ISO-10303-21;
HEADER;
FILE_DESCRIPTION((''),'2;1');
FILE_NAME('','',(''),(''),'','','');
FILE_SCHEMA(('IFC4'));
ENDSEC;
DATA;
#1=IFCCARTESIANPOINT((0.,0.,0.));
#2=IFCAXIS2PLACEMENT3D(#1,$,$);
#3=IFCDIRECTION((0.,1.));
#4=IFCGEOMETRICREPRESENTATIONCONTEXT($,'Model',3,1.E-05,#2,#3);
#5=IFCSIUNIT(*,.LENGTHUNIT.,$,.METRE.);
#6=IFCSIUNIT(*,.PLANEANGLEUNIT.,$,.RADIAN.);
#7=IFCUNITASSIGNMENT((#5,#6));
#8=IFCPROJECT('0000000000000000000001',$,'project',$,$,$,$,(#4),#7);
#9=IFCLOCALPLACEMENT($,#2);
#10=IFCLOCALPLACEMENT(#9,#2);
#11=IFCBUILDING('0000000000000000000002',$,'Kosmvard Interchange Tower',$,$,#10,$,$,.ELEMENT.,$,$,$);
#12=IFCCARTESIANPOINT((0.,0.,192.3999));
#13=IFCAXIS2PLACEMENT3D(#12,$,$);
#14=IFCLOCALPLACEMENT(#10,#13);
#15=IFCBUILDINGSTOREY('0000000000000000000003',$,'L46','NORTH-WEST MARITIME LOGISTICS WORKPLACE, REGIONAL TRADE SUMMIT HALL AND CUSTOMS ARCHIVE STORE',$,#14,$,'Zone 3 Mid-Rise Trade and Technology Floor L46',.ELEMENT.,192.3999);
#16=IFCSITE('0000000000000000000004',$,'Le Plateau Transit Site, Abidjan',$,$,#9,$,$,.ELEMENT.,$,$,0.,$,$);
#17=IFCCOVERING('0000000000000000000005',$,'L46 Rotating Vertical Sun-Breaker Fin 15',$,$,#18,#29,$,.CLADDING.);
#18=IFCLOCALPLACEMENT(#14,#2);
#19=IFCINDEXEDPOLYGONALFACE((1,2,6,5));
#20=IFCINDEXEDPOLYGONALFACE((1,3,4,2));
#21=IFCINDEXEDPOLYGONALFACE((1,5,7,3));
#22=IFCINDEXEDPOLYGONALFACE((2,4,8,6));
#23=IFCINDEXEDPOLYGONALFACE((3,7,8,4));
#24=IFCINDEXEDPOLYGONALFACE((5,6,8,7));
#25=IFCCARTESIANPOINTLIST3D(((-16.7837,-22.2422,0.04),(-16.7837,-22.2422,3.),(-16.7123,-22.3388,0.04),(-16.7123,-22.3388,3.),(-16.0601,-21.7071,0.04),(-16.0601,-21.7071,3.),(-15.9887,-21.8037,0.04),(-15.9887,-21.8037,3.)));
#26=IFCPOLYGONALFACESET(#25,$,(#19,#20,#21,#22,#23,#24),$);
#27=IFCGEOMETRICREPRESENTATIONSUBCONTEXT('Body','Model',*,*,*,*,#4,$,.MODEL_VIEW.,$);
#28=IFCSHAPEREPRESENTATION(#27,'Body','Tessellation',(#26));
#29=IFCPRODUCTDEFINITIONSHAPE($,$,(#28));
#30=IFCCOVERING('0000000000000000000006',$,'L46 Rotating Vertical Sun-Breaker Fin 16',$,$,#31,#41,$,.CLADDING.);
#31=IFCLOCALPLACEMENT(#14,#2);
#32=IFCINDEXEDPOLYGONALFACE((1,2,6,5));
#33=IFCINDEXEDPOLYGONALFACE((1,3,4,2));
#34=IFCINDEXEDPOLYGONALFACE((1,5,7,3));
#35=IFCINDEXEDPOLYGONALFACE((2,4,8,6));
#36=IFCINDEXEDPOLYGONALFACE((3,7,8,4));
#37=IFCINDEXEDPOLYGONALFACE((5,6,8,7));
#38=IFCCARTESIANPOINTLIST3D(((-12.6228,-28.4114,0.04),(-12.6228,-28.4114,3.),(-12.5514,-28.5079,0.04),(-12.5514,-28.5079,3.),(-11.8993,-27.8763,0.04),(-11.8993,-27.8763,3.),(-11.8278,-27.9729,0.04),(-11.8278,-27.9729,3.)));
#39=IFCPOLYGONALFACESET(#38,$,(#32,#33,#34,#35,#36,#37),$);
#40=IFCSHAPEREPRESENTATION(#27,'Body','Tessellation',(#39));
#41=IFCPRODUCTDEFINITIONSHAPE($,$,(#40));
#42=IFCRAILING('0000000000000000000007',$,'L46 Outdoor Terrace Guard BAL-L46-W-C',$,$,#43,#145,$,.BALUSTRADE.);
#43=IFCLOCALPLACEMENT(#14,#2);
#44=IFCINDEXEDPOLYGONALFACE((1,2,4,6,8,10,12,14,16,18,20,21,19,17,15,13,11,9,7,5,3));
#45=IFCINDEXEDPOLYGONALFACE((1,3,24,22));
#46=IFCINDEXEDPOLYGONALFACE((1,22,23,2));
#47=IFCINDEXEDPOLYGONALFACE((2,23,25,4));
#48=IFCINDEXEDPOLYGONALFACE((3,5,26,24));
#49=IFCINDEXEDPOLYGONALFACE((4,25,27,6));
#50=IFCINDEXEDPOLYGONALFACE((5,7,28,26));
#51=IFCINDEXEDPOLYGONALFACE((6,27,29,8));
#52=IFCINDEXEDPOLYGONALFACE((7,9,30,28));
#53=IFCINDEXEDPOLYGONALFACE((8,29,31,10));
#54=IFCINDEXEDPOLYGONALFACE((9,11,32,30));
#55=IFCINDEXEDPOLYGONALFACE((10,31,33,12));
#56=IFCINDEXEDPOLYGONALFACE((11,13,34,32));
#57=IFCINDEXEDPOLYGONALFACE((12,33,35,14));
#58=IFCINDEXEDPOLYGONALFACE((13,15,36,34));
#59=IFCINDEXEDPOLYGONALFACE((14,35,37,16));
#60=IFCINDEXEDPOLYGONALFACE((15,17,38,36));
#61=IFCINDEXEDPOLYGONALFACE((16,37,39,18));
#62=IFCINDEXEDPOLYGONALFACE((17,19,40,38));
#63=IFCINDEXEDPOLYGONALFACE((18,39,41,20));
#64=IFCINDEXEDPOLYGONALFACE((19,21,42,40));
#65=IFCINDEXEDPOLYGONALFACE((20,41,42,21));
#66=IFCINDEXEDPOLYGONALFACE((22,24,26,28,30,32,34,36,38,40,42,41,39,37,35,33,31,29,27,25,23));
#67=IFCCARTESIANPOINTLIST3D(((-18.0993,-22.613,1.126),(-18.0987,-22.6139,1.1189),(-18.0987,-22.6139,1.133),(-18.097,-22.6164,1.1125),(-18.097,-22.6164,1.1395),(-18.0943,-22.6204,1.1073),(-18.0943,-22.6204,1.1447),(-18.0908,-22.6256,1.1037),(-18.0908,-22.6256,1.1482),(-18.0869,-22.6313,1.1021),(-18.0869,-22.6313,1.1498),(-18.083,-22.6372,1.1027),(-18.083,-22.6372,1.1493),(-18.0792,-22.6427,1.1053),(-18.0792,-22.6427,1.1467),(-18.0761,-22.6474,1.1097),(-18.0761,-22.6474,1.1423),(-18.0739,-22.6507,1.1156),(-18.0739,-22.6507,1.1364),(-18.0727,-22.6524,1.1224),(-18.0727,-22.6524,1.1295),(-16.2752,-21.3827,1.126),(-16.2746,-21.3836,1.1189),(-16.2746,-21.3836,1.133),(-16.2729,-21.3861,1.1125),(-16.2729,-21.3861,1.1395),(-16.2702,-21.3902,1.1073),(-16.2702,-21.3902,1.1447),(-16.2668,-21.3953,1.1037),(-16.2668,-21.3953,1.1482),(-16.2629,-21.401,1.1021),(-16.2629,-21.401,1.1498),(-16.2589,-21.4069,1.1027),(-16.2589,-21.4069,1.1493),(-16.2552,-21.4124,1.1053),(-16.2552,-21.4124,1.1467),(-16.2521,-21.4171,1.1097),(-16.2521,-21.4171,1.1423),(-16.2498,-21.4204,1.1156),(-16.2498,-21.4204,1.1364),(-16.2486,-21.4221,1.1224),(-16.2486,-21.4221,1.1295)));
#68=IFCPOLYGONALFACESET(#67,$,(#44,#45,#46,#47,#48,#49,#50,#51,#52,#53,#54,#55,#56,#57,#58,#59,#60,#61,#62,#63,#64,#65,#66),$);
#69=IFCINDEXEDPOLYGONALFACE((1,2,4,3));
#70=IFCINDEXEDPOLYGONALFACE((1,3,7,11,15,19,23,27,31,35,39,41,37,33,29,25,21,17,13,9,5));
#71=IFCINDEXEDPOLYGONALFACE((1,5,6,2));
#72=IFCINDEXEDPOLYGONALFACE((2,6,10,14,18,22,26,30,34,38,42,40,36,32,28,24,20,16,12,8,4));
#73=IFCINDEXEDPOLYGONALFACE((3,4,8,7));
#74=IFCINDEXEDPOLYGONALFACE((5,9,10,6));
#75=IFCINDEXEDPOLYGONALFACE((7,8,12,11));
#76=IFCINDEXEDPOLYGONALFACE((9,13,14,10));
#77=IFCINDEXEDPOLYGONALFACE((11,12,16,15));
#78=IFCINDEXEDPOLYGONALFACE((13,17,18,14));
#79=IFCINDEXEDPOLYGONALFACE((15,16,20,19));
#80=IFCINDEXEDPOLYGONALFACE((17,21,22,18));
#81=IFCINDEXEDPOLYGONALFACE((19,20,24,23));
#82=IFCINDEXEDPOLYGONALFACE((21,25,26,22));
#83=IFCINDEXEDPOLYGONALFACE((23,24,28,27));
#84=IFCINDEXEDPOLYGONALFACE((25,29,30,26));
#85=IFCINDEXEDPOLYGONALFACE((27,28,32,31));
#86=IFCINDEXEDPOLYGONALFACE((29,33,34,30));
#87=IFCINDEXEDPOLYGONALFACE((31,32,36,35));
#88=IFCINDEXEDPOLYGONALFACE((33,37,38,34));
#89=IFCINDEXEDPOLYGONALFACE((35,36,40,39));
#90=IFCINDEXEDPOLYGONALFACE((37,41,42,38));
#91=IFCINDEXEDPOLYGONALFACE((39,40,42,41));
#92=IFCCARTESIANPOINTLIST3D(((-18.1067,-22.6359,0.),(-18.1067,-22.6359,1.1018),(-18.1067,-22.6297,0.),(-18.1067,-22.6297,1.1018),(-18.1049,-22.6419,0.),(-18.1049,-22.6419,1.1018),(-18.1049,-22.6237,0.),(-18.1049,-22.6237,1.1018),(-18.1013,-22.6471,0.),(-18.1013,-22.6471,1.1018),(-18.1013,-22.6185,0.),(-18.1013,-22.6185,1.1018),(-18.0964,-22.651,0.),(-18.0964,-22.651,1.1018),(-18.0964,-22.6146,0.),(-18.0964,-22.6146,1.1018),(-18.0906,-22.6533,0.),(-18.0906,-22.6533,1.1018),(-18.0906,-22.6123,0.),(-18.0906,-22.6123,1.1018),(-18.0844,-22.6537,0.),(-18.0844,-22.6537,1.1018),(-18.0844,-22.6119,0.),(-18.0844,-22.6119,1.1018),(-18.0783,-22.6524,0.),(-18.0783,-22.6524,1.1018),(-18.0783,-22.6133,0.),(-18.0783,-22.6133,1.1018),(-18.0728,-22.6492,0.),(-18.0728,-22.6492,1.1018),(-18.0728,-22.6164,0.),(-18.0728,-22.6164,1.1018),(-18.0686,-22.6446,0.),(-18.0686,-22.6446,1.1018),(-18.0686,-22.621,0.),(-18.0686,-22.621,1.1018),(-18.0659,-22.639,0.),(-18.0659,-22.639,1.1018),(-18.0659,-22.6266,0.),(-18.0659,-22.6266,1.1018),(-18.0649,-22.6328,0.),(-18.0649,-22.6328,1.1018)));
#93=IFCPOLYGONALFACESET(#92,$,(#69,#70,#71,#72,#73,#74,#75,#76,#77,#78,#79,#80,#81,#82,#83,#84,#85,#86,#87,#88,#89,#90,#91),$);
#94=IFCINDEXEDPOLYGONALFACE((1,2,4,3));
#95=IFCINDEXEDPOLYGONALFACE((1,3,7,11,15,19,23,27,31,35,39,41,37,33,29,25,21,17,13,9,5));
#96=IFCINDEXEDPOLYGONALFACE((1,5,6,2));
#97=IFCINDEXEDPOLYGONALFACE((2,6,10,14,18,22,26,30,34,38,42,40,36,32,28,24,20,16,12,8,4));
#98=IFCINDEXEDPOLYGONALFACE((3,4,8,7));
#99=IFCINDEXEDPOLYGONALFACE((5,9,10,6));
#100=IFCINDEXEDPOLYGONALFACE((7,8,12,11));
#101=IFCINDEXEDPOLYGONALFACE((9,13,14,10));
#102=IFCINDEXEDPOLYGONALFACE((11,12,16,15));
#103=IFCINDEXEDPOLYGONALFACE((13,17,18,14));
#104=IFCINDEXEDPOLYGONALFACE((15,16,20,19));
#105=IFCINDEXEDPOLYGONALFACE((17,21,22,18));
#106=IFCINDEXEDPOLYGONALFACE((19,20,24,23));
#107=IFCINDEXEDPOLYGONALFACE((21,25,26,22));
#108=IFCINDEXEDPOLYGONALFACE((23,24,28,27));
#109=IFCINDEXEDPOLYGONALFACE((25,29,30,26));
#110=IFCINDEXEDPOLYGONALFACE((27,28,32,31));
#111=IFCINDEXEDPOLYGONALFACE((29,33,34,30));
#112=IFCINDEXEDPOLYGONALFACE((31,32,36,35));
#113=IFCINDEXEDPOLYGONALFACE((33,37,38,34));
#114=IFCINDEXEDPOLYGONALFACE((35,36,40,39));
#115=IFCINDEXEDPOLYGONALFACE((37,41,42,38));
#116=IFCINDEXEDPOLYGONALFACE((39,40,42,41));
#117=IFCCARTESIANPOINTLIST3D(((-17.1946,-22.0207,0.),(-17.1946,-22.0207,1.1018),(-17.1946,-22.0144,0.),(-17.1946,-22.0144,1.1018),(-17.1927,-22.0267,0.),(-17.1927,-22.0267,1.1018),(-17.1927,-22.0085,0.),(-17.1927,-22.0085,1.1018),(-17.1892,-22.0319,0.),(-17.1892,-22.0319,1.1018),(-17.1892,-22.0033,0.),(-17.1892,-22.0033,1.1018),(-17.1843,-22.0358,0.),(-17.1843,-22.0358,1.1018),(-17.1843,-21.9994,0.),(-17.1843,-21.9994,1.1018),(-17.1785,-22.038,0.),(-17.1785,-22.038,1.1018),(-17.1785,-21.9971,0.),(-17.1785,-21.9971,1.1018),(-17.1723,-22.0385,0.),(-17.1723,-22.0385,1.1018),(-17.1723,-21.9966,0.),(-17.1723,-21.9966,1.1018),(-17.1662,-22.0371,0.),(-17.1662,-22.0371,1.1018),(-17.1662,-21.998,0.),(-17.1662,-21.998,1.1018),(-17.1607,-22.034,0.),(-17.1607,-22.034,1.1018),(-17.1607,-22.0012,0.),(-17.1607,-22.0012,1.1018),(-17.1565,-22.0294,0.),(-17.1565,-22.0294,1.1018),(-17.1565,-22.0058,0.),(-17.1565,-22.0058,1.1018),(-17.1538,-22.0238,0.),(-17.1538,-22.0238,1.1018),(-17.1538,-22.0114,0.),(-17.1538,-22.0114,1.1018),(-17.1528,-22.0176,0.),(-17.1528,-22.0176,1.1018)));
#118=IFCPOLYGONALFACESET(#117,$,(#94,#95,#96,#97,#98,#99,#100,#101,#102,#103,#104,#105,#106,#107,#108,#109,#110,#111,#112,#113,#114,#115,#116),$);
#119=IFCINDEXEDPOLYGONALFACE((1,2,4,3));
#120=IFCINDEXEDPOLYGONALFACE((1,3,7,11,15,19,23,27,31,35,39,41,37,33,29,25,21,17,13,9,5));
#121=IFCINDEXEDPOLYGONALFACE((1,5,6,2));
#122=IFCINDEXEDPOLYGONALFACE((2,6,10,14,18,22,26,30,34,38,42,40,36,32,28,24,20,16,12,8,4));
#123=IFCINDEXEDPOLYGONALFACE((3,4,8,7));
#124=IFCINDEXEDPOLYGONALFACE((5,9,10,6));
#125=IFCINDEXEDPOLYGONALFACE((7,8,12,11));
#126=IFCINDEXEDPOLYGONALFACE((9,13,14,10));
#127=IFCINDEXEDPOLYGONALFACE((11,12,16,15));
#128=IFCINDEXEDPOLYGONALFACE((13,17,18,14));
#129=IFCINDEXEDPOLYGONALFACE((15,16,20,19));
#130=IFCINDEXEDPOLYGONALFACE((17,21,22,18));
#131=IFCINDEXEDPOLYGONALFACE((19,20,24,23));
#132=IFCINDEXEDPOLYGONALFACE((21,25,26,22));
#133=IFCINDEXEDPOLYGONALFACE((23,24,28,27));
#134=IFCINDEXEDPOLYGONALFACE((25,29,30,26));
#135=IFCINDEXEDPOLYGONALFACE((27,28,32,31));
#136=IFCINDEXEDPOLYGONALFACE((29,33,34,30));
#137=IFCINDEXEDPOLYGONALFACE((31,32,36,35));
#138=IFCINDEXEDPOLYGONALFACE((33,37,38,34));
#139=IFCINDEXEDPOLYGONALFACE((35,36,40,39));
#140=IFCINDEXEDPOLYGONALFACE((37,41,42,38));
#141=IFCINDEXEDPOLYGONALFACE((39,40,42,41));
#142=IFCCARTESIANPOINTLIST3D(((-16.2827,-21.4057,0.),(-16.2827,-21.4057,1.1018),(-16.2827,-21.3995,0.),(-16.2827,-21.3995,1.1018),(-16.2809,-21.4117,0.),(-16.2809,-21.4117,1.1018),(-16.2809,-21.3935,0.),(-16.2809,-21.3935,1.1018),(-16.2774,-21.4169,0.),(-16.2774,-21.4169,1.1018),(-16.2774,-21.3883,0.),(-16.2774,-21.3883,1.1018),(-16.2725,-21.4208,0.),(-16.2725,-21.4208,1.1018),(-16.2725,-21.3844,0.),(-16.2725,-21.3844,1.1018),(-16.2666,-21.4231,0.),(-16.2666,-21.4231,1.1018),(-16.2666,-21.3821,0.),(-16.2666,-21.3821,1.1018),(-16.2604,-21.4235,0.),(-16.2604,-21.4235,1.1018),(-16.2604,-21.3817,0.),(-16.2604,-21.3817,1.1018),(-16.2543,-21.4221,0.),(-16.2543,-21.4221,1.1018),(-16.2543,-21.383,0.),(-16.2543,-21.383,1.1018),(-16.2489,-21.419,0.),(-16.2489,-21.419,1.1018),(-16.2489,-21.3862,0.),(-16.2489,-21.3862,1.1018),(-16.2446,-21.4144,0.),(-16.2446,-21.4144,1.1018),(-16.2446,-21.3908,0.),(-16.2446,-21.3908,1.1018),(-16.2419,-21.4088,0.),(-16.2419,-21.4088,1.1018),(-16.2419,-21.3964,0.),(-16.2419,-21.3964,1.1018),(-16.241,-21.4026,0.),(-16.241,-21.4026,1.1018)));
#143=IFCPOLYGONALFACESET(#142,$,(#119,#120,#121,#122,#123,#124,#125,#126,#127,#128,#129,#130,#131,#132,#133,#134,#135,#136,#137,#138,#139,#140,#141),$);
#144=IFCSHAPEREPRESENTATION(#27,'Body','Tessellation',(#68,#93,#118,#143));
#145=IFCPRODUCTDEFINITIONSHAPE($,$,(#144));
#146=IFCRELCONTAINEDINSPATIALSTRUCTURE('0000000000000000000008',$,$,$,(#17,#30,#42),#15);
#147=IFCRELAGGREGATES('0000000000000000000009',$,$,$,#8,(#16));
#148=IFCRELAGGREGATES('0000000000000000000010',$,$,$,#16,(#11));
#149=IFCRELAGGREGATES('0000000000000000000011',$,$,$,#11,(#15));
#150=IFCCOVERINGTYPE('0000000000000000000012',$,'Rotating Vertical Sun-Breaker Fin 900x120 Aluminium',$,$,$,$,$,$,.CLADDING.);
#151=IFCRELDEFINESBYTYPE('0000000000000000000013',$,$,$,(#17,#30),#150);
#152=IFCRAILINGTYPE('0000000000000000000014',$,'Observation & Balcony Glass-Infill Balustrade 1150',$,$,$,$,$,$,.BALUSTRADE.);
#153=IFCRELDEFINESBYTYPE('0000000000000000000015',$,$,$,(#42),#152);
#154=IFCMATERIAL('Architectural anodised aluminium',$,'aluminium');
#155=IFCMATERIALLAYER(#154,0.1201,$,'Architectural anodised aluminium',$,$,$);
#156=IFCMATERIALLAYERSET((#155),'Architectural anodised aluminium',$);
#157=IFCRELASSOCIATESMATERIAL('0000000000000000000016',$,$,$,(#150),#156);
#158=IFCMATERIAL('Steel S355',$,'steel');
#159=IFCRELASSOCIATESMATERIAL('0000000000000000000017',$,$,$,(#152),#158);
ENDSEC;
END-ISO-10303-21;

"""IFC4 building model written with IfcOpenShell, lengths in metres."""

from ifc_helpers import new_model, si_unit, direction, frame, origin, origin_2d, place, context, subcontext, project, spatial, rectangle, circle, extrude, source, transform, mapped, material, layer, layer_set, type_object, element, save


model = new_model("IFC4")

# Units and contexts
model_context = context("Model", 3, precision=1e-05, world=origin(), true_north=direction((0.0, 1.0)))
body_context = subcontext(model_context, "Body", "Model", "MODEL_VIEW")
ifc_project = project(units=[si_unit("LENGTHUNIT", "METRE"), si_unit("PLANEANGLEUNIT", "RADIAN")], contexts=[model_context])

# Site, building, storey
site_placement = place(None, origin())
site = spatial("IfcSite", under=ifc_project, at=site_placement, Name="Le Plateau Transit Site, Abidjan", CompositionType="ELEMENT", RefElevation=0.0)
building_placement = place(site_placement, origin())
building = spatial("IfcBuilding", under=site, at=building_placement, Name="Kosmvard Interchange Tower", CompositionType="ELEMENT")
storey_placement = place(building_placement, frame((0.0, 0.0, 192.3999)))
storey = spatial("IfcBuildingStorey", under=building, at=storey_placement, Name="L46", Description="NORTH-WEST MARITIME LOGISTICS WORKPLACE, REGIONAL TRADE SUMMIT HALL AND CUSTOMS ARCHIVE STORE", LongName="Zone 3 Mid-Rise Trade and Technology Floor L46", CompositionType="ELEMENT", Elevation=192.3999)

# Shared definitions
ifc_material_1 = material(Name="Steel S355", Category="steel")

# Coverings
ifc_material_2 = material(Name="Architectural anodised aluminium", Category="aluminium")
ifc_layer_1 = layer(ifc_material_2, 0.1201, Name="Architectural anodised aluminium")
ifc_layer_set_1 = layer_set([ifc_layer_1], Name="Architectural anodised aluminium")
covering_type = type_object("IfcCoveringType", Name="Rotating Vertical Sun-Breaker Fin 900x120 Aluminium", PredefinedType="CLADDING", material=ifc_layer_set_1)
shared_shape_1 = source(origin(), body_context, "Body", "SweptSolid", [
    extrude(rectangle(XDim=0.8999, YDim=0.1201, at=origin_2d()), origin(), (0.0, 0.0, 1.0), 2.96),
])
for number, where, z_axis, x_axis, name in (
    (1, (-16.3862, -22.0229, 0.04), (0.0, 0.0, 1.0), (-0.804064, -0.594542, 0.0), "L46 Rotating Vertical Sun-Breaker Fin 15"),
    (2, (-12.2253, -28.1921, 0.04), (0.0, 0.0, 1.0), (-0.804064, -0.594542, 0.0), "L46 Rotating Vertical Sun-Breaker Fin 16"),
):
    element("IfcCovering", number, at=place(storey_placement, frame(where, z_axis=z_axis, x_axis=x_axis)), inside=storey, type_object=covering_type, Name=name, PredefinedType="CLADDING", context=body_context, shape_type="MappedRepresentation", body=[
        mapped(shared_shape_1, transform((0.0, 0.0, 0.0), scale=1.0)),
    ])

# Railing
railing_type = type_object("IfcRailingType", Name="Observation & Balcony Glass-Infill Balustrade 1150", PredefinedType="BALUSTRADE", material=ifc_material_1)
shared_shape_2 = source(origin(), body_context, "Body", "SweptSolid", [
    extrude(circle(Radius=0.0239, at=origin_2d()), frame((0.0, 0.0, 1.126), z_axis=(0.829051, 0.559174, 0.0), x_axis=(-0.559174, 0.829051, 0.0)), (0.0, 0.0, 1.0), 2.2002),
    extrude(circle(Radius=0.021, at=origin_2d()), origin(), (0.0, 0.0, 1.0), 1.1018),
    extrude(circle(Radius=0.021, at=origin_2d()), frame((0.9121, 0.6152, 0.0)), (0.0, 0.0, 1.0), 1.1018),
    extrude(circle(Radius=0.021, at=origin_2d()), frame((1.824, 1.2302, 0.0)), (0.0, 0.0, 1.0), 1.1018),
])
railing_1_placement = place(storey_placement, frame((-18.0859, -22.6328, 0.0)))
element("IfcRailing", 3, at=railing_1_placement, inside=storey, type_object=railing_type, Name="L46 Outdoor Terrace Guard BAL-L46-W-C", PredefinedType="BALUSTRADE", context=body_context, shape_type="MappedRepresentation", body=[
    mapped(shared_shape_2, transform((0.0, 0.0, 0.0), scale=1.0)),
])

save(model, "model.ifc")
